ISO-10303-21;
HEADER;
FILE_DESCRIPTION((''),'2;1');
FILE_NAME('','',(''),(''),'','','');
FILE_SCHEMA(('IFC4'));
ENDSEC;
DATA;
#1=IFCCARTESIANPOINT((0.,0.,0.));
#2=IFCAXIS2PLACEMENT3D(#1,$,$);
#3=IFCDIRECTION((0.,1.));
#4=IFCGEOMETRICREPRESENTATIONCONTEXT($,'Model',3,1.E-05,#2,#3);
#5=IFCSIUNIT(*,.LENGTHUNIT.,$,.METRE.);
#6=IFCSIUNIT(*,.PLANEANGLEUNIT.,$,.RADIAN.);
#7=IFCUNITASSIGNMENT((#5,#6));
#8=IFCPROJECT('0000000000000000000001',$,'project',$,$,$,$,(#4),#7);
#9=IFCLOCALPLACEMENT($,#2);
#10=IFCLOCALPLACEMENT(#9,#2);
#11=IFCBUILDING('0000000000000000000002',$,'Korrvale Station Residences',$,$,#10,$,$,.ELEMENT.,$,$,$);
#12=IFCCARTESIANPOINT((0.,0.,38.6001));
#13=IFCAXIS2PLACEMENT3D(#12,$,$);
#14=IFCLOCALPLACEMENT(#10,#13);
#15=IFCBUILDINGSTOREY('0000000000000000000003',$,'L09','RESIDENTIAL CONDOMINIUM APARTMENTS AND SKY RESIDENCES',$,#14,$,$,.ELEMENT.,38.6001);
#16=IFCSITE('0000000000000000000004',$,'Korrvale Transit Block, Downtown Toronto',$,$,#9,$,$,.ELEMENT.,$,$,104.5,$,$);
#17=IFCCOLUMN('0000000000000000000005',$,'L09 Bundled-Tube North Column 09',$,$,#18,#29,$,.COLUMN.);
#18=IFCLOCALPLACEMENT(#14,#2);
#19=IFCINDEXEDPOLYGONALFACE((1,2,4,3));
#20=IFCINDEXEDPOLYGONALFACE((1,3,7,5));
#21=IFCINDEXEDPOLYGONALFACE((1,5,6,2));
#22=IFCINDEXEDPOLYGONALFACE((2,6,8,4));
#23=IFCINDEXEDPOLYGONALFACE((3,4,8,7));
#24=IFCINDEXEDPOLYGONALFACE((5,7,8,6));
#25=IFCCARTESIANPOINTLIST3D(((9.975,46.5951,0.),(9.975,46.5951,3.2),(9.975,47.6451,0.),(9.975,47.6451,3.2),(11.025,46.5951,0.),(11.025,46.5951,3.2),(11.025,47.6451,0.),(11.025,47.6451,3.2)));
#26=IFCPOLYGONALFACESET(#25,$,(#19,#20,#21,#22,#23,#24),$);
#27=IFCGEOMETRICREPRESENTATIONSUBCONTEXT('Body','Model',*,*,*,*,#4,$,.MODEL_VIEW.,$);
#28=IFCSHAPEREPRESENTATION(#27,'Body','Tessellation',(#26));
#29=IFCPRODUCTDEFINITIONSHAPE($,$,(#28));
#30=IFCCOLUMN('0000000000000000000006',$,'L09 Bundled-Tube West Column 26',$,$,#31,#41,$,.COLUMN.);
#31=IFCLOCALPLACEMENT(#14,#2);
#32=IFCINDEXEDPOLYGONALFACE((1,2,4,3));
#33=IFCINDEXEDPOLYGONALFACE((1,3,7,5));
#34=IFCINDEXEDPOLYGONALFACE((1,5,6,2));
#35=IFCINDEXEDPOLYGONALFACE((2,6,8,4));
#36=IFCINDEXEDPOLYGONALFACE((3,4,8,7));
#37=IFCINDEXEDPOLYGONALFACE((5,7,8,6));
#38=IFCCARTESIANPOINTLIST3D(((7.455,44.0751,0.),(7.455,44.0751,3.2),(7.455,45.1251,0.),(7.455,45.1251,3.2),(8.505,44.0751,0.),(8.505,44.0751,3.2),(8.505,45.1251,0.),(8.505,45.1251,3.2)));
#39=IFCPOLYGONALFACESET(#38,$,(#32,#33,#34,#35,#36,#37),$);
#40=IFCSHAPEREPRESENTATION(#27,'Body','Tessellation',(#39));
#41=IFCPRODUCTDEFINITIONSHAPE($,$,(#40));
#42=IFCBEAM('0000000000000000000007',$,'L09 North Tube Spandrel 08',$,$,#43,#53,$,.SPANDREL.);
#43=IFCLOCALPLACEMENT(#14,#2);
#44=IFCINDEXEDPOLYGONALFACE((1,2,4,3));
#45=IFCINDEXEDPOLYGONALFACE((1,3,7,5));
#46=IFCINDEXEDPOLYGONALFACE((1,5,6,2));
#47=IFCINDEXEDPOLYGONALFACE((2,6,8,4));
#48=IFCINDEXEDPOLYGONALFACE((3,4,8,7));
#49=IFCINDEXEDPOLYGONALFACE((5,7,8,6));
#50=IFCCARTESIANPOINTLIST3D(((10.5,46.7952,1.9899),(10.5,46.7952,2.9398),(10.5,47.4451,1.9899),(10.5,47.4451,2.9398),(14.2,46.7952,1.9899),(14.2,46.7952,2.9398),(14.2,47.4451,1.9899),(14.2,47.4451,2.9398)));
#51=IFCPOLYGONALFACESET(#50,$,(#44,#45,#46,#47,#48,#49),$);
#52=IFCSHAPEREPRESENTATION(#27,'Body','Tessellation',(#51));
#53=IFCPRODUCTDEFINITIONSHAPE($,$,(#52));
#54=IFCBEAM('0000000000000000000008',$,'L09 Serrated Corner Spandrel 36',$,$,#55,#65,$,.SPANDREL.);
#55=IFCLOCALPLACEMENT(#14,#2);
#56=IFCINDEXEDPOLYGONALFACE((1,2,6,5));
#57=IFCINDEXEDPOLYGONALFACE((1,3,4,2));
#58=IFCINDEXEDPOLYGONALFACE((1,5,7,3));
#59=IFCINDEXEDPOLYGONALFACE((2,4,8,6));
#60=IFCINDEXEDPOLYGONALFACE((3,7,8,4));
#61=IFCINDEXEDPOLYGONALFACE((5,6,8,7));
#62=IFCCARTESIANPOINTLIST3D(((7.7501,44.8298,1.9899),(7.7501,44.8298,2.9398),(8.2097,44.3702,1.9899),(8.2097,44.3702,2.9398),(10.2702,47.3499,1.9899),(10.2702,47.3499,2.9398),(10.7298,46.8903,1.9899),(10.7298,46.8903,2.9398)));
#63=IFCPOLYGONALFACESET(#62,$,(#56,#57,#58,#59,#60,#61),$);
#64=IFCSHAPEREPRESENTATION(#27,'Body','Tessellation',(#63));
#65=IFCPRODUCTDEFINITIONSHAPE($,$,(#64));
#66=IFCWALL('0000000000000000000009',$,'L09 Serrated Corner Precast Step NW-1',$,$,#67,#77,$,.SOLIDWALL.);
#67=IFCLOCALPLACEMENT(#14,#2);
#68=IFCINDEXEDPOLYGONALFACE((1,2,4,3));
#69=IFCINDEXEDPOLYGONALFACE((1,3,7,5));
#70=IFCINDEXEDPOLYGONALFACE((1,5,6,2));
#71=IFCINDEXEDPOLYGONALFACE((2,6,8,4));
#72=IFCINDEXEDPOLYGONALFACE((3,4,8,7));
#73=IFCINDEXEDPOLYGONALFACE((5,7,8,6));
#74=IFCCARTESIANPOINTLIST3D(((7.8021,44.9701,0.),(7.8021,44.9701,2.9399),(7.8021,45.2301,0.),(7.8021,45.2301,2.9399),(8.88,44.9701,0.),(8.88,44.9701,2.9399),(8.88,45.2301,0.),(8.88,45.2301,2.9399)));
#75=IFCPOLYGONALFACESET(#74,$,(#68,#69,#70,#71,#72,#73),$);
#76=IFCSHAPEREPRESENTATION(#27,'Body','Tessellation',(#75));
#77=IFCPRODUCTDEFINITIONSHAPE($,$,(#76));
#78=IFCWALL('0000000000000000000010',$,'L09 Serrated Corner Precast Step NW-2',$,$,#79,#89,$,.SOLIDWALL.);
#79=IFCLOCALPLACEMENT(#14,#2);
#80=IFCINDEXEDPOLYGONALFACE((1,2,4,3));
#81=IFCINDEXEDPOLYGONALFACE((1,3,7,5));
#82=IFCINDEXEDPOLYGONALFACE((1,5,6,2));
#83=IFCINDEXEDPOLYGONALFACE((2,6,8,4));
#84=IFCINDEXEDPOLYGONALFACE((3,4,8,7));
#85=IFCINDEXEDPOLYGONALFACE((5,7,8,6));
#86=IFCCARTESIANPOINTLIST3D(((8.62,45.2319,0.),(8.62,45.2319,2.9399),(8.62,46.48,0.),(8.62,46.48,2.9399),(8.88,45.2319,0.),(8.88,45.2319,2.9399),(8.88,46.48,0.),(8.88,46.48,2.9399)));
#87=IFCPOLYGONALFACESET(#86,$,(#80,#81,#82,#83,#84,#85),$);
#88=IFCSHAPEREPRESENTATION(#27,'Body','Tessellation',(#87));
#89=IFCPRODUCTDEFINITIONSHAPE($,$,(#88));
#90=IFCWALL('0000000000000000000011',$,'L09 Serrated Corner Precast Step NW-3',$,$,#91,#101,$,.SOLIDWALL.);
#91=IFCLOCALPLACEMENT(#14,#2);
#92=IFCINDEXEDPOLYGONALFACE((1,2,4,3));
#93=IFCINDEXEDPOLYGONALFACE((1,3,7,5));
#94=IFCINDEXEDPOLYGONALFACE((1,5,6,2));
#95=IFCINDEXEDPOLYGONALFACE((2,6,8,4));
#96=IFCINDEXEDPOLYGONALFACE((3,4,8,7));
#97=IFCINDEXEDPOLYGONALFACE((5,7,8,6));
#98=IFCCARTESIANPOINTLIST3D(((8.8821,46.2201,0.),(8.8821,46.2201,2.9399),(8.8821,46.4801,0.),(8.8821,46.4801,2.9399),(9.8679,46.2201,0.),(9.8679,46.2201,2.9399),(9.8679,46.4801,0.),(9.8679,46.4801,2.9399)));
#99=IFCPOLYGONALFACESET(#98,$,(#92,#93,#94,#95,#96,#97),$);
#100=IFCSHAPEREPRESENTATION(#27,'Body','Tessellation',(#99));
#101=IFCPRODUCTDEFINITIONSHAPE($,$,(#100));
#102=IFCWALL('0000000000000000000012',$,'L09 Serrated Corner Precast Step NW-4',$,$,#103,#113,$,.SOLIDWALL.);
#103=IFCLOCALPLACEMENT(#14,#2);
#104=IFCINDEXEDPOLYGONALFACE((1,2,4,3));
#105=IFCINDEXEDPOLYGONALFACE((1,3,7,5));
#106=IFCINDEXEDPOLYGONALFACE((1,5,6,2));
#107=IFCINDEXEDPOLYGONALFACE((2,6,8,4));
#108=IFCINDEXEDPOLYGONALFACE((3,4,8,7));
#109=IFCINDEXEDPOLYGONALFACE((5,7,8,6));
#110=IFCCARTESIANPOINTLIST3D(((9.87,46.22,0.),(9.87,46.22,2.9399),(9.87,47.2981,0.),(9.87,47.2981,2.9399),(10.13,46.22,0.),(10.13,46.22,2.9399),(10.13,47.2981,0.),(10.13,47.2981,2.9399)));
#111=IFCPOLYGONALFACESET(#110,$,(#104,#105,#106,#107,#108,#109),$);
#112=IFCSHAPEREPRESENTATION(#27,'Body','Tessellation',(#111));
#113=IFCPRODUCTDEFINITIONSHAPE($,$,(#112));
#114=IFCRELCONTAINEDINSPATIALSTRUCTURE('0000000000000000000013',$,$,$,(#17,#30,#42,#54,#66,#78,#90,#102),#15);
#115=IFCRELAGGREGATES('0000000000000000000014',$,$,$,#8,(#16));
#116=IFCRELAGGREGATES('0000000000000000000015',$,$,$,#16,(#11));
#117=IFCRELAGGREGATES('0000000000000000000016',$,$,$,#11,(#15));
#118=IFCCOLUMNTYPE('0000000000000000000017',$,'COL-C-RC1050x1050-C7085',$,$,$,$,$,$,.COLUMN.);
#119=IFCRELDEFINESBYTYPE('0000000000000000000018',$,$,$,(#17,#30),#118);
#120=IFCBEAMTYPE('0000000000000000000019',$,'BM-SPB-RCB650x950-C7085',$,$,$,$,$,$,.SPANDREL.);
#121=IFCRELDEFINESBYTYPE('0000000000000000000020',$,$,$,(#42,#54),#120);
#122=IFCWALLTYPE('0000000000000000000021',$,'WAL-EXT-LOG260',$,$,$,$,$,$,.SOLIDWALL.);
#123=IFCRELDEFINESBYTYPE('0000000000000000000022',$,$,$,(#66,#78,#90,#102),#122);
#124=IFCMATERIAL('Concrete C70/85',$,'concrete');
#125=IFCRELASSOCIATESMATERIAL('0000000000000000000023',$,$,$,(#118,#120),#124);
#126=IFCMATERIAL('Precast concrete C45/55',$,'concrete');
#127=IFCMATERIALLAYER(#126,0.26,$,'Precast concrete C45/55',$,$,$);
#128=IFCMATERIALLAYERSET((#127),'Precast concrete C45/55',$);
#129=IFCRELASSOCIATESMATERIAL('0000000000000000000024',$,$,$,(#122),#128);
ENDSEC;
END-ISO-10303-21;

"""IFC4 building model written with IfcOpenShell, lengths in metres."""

from ifc_helpers import new_model, si_unit, direction, frame, frame_2d, origin, origin_2d, place, context, subcontext, project, spatial, rectangle, extrude, material, layer, layer_set, material_profile, profile_set, type_object, element, save


model = new_model("IFC4")

# Units and contexts
model_context = context("Model", 3, precision=1e-05, world=origin(), true_north=direction((0.0, 1.0)))
body_context = subcontext(model_context, "Body", "Model", "MODEL_VIEW")
ifc_project = project(units=[si_unit("LENGTHUNIT", "METRE"), si_unit("PLANEANGLEUNIT", "RADIAN")], contexts=[model_context])

# Site, building, storey
site_placement = place(None, origin())
site = spatial("IfcSite", under=ifc_project, at=site_placement, Name="Korrvale Transit Block, Downtown Toronto", CompositionType="ELEMENT", RefElevation=104.5)
building_placement = place(site_placement, origin())
building = spatial("IfcBuilding", under=site, at=building_placement, Name="Korrvale Station Residences", CompositionType="ELEMENT")
storey_placement = place(building_placement, frame((0.0, 0.0, 38.6001)))
storey = spatial("IfcBuildingStorey", under=building, at=storey_placement, Name="L09", Description="RESIDENTIAL CONDOMINIUM APARTMENTS AND SKY RESIDENCES", CompositionType="ELEMENT", Elevation=38.6001)

# Columns
ifc_material_1 = material(Name="Concrete C70/85", Category="concrete")
ifc_material_profile_1 = material_profile(ifc_material_1, rectangle(XDim=1.05, YDim=1.05, at=origin_2d()), Name="RC1050x1050")
ifc_profile_set_1 = profile_set([ifc_material_profile_1], Name="Concrete C70/85")
column_type = type_object("IfcColumnType", Name="COL-C-RC1050x1050-C7085", PredefinedType="COLUMN", material=ifc_profile_set_1)
for number, where, z_axis, x_axis, name in (
    (1, (10.5, 47.1201, 0.0), (0.0, 0.0, 1.0), (1.0, 0.0, 0.0), "L09 Bundled-Tube North Column 09"),
    (2, (7.98, 44.6001, 0.0), (0.0, 0.0, 1.0), (1.0, 0.0, 0.0), "L09 Bundled-Tube West Column 26"),
):
    element("IfcColumn", number, at=place(storey_placement, frame(where, z_axis=z_axis, x_axis=x_axis)), inside=storey, type_object=column_type, Name=name, PredefinedType="COLUMN", context=body_context, shape_type="SweptSolid", body=[
        extrude(rectangle(XDim=1.05, YDim=1.05, at=origin_2d()), origin(), (0.0, 0.0, 1.0), 3.2),
    ])

# Beams
ifc_material_profile_2 = material_profile(ifc_material_1, rectangle(XDim=0.6499, YDim=0.95, at=origin_2d()), Name="RCB650x950")
ifc_profile_set_2 = profile_set([ifc_material_profile_2], Name="Concrete C70/85")
beam_type = type_object("IfcBeamType", Name="BM-SPB-RCB650x950-C7085", PredefinedType="SPANDREL", material=ifc_profile_set_2)
beam_1_placement = place(storey_placement, frame((10.5, 47.1201, 2.4648), z_axis=(1.0, 0.0, 0.0), x_axis=(0.0, 1.0, 0.0)))
element("IfcBeam", 3, at=beam_1_placement, inside=storey, type_object=beam_type, Name="L09 North Tube Spandrel 08", PredefinedType="SPANDREL", context=body_context, shape_type="SweptSolid", body=[
    extrude(rectangle(XDim=0.6499, YDim=0.95, at=origin_2d()), origin(), (0.0, 0.0, 1.0), 3.7),
])
beam_2_placement = place(storey_placement, frame((10.5, 47.1201, 2.4648), z_axis=(-0.707107, -0.707107, 0.0), x_axis=(0.707107, -0.707107, 0.0)))
element("IfcBeam", 4, at=beam_2_placement, inside=storey, type_object=beam_type, Name="L09 Serrated Corner Spandrel 36", PredefinedType="SPANDREL", context=body_context, shape_type="SweptSolid", body=[
    extrude(rectangle(XDim=0.6499, YDim=0.95, at=origin_2d()), origin(), (0.0, 0.0, 1.0), 3.564),
])

# Walls
ifc_material_2 = material(Name="Precast concrete C45/55", Category="concrete")
ifc_layer_1 = layer(ifc_material_2, 0.26, Name="Precast concrete C45/55")
ifc_layer_set_1 = layer_set([ifc_layer_1], Name="Precast concrete C45/55")
wall_type_1 = type_object("IfcWallType", Name="WAL-EXT-LOG260", PredefinedType="SOLIDWALL", material=ifc_layer_set_1)
wall_1_placement = place(storey_placement, frame((7.802, 45.1001, 0.0), z_axis=(0.0, 0.0, 1.0), x_axis=(1.0, 0.0, 0.0)))
element("IfcWall", 5, at=wall_1_placement, inside=storey, type_object=wall_type_1, Name="L09 Serrated Corner Precast Step NW-1", PredefinedType="SOLIDWALL", context=body_context, shape_type="SweptSolid", body=[
    extrude(rectangle(XDim=1.0779, YDim=0.26, at=frame_2d((0.5391, 0.0))), origin(), (0.0, 0.0, 1.0), 2.9399),
])
wall_2_placement = place(storey_placement, frame((8.75, 45.2319, 0.0), z_axis=(0.0, 0.0, 1.0), x_axis=(0.0, 1.0, 0.0)))
element("IfcWall", 6, at=wall_2_placement, inside=storey, type_object=wall_type_1, Name="L09 Serrated Corner Precast Step NW-2", PredefinedType="SOLIDWALL", context=body_context, shape_type="SweptSolid", body=[
    extrude(rectangle(XDim=1.248, YDim=0.26, at=frame_2d((0.624, 0.0))), origin(), (0.0, 0.0, 1.0), 2.9399),
])
wall_3_placement = place(storey_placement, frame((8.8821, 46.3501, 0.0), z_axis=(0.0, 0.0, 1.0), x_axis=(1.0, 0.0, 0.0)))
element("IfcWall", 7, at=wall_3_placement, inside=storey, type_object=wall_type_1, Name="L09 Serrated Corner Precast Step NW-3", PredefinedType="SOLIDWALL", context=body_context, shape_type="SweptSolid", body=[
    extrude(rectangle(XDim=0.9858, YDim=0.26, at=frame_2d((0.4929, 0.0))), origin(), (0.0, 0.0, 1.0), 2.9399),
])
wall_4_placement = place(storey_placement, frame((10.0, 46.22, 0.0), z_axis=(0.0, 0.0, 1.0), x_axis=(0.0, 1.0, 0.0)))
element("IfcWall", 8, at=wall_4_placement, inside=storey, type_object=wall_type_1, Name="L09 Serrated Corner Precast Step NW-4", PredefinedType="SOLIDWALL", context=body_context, shape_type="SweptSolid", body=[
    extrude(rectangle(XDim=1.0781, YDim=0.26, at=frame_2d((0.5391, 0.0))), origin(), (0.0, 0.0, 1.0), 2.9399),
])

save(model, "model.ifc")
